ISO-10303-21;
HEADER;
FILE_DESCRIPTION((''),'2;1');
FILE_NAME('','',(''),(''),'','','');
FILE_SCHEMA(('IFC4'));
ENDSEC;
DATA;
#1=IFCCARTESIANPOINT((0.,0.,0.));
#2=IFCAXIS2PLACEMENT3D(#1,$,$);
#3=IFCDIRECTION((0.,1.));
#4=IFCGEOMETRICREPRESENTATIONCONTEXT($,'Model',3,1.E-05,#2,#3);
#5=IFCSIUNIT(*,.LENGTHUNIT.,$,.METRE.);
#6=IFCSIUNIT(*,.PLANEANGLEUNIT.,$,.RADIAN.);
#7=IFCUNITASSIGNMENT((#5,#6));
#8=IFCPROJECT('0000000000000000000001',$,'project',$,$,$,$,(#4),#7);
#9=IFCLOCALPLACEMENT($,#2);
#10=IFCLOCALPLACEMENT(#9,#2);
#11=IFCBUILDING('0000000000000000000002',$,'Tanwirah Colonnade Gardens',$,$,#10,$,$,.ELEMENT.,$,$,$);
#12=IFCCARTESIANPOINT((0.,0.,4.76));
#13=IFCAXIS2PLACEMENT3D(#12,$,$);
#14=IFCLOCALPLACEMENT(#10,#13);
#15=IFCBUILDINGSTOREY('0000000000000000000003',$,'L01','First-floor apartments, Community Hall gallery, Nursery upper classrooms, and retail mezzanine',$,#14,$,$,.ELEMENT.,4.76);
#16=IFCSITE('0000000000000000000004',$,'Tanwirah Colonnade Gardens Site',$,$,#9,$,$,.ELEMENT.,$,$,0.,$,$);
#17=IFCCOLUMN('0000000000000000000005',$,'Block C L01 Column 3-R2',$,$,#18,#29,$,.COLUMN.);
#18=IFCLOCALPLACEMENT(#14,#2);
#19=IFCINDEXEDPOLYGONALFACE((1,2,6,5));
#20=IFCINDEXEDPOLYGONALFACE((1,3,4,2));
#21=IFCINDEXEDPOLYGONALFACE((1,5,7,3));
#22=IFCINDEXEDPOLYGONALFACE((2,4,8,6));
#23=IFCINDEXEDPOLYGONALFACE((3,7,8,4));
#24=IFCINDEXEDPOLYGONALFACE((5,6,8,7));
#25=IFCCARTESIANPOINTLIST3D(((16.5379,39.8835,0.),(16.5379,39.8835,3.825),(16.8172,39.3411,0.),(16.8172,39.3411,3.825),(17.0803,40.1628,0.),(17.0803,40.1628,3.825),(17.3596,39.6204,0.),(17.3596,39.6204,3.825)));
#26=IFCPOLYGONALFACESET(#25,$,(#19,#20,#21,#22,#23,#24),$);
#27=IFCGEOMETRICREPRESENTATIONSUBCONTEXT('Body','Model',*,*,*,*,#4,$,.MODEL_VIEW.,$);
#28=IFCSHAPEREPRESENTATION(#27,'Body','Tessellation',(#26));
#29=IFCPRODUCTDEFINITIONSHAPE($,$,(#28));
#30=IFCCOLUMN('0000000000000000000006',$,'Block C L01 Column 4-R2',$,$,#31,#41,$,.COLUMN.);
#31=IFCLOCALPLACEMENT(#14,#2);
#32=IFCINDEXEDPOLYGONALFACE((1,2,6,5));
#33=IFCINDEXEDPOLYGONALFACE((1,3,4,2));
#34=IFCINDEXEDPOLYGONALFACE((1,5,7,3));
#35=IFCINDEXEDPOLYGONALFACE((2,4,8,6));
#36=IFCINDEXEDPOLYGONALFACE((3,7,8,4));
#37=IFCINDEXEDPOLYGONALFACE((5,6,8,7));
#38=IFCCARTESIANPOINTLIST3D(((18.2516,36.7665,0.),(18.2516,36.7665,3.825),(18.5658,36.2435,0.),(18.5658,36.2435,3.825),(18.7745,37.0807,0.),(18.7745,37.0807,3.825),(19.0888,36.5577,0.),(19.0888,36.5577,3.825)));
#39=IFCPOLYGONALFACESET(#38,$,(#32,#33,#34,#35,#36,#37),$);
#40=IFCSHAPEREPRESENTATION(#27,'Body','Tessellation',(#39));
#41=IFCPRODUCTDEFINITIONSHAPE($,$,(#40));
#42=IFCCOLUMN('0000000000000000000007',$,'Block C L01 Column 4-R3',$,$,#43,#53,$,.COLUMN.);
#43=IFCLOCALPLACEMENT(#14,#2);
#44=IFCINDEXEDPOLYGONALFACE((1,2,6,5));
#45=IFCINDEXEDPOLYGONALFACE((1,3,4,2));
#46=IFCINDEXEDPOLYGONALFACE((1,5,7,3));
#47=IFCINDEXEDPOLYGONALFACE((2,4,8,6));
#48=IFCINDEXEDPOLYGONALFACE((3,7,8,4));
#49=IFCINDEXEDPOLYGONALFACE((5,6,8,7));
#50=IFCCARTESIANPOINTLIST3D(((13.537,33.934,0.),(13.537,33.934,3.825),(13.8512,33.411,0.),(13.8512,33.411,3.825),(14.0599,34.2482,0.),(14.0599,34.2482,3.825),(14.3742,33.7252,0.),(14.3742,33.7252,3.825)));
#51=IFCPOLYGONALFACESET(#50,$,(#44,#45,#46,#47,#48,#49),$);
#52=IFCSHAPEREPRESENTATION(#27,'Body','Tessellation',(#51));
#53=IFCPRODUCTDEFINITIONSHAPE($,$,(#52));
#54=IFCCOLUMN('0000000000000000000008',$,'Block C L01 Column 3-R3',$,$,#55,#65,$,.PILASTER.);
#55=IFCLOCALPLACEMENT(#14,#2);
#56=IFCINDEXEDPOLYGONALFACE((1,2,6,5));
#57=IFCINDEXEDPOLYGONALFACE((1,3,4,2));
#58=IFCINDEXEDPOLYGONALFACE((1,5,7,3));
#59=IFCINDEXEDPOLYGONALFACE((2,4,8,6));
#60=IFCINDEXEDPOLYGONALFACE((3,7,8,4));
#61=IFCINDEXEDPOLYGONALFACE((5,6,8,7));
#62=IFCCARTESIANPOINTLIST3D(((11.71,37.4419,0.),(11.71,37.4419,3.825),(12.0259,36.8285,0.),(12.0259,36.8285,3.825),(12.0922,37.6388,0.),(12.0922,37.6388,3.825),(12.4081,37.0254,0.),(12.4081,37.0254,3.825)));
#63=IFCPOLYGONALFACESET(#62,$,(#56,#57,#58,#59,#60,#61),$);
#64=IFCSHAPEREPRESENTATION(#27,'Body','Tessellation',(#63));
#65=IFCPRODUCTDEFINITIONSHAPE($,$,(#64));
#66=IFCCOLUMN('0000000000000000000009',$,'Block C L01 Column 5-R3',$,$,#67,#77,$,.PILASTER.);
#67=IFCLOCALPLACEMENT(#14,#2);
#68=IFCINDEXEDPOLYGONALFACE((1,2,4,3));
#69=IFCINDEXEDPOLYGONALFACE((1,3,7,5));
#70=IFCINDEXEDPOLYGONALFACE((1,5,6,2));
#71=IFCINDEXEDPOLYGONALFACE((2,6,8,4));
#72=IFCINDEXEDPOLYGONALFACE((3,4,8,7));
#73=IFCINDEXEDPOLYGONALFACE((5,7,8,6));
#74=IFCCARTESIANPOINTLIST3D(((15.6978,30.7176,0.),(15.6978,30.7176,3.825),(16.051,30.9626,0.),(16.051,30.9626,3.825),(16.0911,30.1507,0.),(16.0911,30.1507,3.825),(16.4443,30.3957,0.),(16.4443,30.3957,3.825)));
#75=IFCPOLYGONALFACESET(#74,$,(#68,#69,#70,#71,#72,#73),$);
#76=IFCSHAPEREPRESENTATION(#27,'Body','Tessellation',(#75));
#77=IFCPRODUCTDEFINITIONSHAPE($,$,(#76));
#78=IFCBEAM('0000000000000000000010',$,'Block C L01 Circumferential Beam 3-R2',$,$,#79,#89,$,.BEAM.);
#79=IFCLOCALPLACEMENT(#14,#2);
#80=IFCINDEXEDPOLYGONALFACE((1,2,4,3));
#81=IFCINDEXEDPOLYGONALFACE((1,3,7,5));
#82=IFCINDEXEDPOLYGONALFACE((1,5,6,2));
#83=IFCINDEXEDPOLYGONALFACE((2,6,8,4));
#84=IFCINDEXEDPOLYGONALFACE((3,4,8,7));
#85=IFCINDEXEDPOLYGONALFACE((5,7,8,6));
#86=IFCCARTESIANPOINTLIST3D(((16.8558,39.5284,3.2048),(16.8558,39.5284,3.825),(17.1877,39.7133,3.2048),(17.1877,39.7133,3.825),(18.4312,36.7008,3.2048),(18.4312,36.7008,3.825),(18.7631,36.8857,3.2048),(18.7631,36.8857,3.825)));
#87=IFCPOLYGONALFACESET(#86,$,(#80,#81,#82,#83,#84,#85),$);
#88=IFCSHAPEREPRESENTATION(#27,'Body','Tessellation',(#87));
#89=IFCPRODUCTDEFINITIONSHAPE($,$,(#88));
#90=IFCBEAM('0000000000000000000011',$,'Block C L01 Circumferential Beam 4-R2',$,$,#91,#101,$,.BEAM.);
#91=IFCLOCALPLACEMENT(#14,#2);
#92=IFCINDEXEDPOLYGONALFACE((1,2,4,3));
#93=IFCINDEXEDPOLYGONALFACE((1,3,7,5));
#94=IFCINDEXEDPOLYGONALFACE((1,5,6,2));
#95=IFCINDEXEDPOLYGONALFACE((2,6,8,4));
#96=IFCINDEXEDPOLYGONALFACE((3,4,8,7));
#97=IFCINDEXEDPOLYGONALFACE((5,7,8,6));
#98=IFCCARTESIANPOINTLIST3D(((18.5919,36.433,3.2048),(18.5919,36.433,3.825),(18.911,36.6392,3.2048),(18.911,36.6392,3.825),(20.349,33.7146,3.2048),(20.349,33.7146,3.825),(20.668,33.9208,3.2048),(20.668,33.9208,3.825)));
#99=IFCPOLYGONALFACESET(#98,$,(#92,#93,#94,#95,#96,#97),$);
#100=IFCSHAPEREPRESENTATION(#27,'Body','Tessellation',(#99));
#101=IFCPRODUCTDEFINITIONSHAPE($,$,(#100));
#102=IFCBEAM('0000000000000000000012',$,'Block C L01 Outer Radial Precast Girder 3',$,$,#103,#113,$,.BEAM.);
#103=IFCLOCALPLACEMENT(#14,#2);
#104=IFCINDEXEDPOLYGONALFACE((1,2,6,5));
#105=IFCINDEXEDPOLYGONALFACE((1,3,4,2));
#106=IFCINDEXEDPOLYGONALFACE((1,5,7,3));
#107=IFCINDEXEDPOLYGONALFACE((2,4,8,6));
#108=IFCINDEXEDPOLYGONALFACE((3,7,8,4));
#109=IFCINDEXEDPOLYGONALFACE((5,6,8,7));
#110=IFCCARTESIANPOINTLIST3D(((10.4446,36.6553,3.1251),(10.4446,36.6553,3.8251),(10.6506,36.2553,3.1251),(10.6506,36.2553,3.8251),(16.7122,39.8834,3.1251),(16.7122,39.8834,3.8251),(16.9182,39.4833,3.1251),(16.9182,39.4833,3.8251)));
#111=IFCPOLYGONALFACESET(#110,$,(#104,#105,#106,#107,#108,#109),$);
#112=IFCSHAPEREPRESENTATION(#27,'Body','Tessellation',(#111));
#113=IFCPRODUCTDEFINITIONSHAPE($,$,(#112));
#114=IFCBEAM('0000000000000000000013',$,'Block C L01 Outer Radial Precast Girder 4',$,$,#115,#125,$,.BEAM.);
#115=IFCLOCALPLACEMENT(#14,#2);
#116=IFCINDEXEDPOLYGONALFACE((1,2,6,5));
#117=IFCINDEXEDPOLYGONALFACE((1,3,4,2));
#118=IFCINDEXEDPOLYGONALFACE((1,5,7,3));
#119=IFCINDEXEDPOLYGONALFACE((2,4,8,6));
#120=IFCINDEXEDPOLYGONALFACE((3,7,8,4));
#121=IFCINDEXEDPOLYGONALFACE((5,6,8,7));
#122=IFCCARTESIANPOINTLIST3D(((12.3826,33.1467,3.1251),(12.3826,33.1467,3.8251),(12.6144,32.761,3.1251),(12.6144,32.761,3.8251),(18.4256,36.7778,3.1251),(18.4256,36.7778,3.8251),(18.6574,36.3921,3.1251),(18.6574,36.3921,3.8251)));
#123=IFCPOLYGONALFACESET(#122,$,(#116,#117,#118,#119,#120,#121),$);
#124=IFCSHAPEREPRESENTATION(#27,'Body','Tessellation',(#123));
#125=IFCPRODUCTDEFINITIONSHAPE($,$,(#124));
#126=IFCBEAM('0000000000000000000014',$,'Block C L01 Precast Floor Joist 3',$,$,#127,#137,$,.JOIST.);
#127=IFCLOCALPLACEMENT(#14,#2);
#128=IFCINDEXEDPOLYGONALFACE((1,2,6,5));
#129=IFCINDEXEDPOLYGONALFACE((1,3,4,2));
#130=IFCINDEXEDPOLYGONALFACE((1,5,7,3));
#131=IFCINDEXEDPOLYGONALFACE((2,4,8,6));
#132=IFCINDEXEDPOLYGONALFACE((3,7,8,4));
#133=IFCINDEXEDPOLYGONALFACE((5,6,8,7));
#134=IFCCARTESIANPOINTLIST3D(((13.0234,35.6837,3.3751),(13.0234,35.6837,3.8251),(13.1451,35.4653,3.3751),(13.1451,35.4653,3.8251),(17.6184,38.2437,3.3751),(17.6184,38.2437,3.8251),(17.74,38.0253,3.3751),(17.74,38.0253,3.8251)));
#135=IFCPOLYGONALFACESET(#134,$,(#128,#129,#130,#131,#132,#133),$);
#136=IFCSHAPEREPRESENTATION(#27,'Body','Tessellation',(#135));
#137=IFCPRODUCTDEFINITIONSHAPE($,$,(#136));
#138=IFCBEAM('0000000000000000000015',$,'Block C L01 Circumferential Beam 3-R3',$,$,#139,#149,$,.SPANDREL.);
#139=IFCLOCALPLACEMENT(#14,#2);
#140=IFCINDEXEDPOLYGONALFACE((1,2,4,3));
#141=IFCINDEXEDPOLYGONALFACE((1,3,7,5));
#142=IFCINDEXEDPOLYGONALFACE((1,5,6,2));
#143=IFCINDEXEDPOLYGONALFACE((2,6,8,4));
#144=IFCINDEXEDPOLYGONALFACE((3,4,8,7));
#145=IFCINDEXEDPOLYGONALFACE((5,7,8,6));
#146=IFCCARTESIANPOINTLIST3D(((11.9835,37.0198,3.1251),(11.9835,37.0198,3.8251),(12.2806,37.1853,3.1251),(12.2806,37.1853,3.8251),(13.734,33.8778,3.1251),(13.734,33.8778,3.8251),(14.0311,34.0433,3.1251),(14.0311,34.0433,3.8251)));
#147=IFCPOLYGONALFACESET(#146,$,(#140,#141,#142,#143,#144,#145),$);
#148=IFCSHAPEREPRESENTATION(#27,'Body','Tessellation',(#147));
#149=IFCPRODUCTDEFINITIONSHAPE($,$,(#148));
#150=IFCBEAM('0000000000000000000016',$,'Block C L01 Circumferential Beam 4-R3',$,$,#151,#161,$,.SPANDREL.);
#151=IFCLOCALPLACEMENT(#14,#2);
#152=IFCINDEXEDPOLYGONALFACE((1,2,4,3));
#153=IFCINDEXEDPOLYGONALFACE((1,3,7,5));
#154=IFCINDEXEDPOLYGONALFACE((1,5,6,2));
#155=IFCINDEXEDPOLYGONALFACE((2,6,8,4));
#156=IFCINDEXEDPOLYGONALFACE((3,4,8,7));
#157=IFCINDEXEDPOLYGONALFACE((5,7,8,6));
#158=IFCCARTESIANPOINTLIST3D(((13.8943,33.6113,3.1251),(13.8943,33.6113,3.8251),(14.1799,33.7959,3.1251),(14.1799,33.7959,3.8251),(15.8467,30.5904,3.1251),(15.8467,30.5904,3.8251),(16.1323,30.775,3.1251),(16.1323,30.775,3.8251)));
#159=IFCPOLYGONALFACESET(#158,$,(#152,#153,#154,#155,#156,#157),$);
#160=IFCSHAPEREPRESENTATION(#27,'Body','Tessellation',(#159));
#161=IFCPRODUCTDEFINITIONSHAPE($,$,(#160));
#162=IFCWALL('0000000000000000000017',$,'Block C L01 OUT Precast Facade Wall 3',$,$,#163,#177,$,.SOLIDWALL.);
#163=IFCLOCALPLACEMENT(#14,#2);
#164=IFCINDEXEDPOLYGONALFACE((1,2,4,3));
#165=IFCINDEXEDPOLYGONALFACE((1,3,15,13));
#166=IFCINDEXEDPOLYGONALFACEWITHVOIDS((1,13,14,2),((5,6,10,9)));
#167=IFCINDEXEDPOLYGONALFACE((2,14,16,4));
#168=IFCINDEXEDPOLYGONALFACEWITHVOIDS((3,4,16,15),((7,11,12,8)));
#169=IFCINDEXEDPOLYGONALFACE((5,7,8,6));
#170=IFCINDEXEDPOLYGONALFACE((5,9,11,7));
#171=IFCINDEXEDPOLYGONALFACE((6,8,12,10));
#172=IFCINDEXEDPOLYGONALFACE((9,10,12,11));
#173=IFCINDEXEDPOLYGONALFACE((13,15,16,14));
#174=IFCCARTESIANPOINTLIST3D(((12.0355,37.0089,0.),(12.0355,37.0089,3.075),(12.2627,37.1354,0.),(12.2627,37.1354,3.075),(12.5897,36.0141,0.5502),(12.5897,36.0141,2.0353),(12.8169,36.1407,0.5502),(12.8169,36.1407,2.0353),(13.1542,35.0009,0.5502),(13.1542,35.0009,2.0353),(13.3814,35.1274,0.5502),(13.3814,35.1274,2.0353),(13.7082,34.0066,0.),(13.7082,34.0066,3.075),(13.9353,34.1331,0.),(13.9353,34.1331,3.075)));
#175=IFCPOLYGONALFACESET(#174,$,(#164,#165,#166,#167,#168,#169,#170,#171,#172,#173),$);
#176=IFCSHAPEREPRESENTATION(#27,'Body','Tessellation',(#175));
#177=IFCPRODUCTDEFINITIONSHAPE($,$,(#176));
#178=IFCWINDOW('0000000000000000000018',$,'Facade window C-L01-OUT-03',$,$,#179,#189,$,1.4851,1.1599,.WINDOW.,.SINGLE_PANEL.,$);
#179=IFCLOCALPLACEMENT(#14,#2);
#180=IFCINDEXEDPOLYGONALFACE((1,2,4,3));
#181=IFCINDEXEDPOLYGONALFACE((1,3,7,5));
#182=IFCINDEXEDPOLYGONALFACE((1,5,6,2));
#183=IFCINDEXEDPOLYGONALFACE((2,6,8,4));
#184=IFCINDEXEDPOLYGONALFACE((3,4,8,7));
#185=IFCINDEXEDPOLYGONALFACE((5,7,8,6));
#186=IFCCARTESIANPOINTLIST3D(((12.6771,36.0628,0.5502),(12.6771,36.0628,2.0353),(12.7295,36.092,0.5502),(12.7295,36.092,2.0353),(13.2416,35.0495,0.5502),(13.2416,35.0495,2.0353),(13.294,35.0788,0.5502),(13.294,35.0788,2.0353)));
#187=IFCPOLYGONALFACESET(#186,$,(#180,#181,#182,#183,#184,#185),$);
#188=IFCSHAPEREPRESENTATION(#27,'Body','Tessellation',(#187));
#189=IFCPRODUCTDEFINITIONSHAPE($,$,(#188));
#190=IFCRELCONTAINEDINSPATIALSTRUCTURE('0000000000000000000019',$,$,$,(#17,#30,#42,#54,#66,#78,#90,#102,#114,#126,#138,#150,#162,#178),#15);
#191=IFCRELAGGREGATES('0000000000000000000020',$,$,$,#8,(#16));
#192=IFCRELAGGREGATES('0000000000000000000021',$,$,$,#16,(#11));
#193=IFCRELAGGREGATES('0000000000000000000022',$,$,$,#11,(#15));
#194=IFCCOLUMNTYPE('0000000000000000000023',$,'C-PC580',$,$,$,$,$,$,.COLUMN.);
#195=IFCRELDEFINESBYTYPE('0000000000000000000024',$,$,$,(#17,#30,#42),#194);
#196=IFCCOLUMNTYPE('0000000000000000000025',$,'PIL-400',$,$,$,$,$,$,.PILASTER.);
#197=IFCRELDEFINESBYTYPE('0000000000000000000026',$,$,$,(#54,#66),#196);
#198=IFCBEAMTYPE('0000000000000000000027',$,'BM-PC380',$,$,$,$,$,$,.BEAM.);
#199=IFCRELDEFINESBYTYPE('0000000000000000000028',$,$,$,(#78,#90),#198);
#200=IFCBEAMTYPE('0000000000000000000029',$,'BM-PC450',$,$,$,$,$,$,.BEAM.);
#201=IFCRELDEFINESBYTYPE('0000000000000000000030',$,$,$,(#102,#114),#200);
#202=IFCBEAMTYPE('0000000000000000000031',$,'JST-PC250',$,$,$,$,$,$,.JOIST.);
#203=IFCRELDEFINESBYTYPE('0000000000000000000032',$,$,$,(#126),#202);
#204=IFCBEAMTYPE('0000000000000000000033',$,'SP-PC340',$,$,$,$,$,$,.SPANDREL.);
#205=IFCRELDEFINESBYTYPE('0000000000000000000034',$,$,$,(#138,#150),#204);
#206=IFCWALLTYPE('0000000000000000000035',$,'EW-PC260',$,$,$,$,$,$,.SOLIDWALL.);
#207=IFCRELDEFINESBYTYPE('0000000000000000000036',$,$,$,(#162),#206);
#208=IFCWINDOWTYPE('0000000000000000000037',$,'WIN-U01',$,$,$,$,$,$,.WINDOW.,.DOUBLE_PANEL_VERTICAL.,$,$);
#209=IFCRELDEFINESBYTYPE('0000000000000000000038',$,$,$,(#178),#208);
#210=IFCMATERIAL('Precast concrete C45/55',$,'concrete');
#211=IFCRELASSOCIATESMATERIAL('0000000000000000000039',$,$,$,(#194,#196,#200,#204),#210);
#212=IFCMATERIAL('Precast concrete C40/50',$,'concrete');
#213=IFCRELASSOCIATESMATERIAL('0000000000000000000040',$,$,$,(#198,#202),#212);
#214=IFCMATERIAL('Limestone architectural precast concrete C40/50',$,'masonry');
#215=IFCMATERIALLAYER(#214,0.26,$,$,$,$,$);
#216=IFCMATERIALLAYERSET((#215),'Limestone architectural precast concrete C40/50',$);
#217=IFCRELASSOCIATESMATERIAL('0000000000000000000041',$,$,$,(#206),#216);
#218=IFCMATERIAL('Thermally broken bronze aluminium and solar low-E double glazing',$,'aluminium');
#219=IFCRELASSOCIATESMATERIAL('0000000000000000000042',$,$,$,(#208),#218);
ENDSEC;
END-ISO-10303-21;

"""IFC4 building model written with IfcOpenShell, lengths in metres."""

from ifc_helpers import new_model, si_unit, direction, frame, frame_2d, origin, origin_2d, place, context, subcontext, project, spatial, rectangle, extrude, material, layer, layer_set, material_profile, profile_set, type_object, element, fill, save


model = new_model("IFC4")

# Units and contexts
model_context = context("Model", 3, precision=1e-05, world=origin(), true_north=direction((0.0, 1.0)))
body_context = subcontext(model_context, "Body", "Model", "MODEL_VIEW")
ifc_project = project(units=[si_unit("LENGTHUNIT", "METRE"), si_unit("PLANEANGLEUNIT", "RADIAN")], contexts=[model_context])

# Site, building, storey
site_placement = place(None, origin())
site = spatial("IfcSite", under=ifc_project, at=site_placement, Name="Tanwirah Colonnade Gardens Site", CompositionType="ELEMENT", RefElevation=0.0)
building_placement = place(site_placement, origin())
building = spatial("IfcBuilding", under=site, at=building_placement, Name="Tanwirah Colonnade Gardens", CompositionType="ELEMENT")
storey_placement = place(building_placement, frame((0.0, 0.0, 4.76)))
storey = spatial("IfcBuildingStorey", under=building, at=storey_placement, Name="L01", Description="First-floor apartments, Community Hall gallery, Nursery upper classrooms, and retail mezzanine", CompositionType="ELEMENT", Elevation=4.76)

# Columns
ifc_material_1 = material(Name="Precast concrete C45/55", Category="concrete")
ifc_material_profile_1 = material_profile(ifc_material_1, rectangle(XDim=0.6101, YDim=0.6101, at=origin_2d()), Name="PC-COL 610x610")
ifc_profile_set_1 = profile_set([ifc_material_profile_1], Name="Precast concrete C45/55")
column_type_1 = type_object("IfcColumnType", Name="C-PC580", PredefinedType="COLUMN", material=ifc_profile_set_1)
for number, where, z_axis, x_axis, name in (
    (1, (16.9487, 39.752, 0.0), (0.0, 0.0, 1.0), (-0.889017, -0.457874, 0.0), "Block C L01 Column 3-R2"),
    (2, (18.6702, 36.6621, 0.0), (0.0, 0.0, 1.0), (-0.857167, -0.515038, 0.0), "Block C L01 Column 4-R2"),
    (3, (13.9556, 33.8296, 0.0), (0.0, 0.0, 1.0), (-0.857167, -0.515038, 0.0), "Block C L01 Column 4-R3"),
):
    element("IfcColumn", number, at=place(storey_placement, frame(where, z_axis=z_axis, x_axis=x_axis)), inside=storey, type_object=column_type_1, Name=name, PredefinedType="COLUMN", context=body_context, shape_type="SweptSolid", body=[
        extrude(rectangle(XDim=0.6101, YDim=0.6101, at=origin_2d()), origin(), (0.0, 0.0, 1.0), 3.825),
    ])
ifc_material_profile_2 = material_profile(ifc_material_1, rectangle(XDim=0.4299, YDim=0.6899, at=origin_2d()), Name="PC-PIL 430x690")
ifc_profile_set_2 = profile_set([ifc_material_profile_2], Name="Precast concrete C45/55")
column_type_2 = type_object("IfcColumnType", Name="PIL-400", PredefinedType="PILASTER", material=ifc_profile_set_2)
for number, where, z_axis, x_axis, name in (
    (4, (12.0591, 37.2336, 0.0), (0.0, 0.0, 1.0), (-0.889017, -0.457874, 0.0), "Block C L01 Column 3-R3"),
    (5, (16.071, 30.5566, 0.0), (0.0, 0.0, 1.0), (-0.821647, -0.569997, 0.0), "Block C L01 Column 5-R3"),
):
    element("IfcColumn", number, at=place(storey_placement, frame(where, z_axis=z_axis, x_axis=x_axis)), inside=storey, type_object=column_type_2, Name=name, PredefinedType="PILASTER", context=body_context, shape_type="SweptSolid", body=[
        extrude(rectangle(XDim=0.4299, YDim=0.6899, at=origin_2d()), origin(), (0.0, 0.0, 1.0), 3.825),
    ])

# Beams
ifc_material_2 = material(Name="Precast concrete C40/50", Category="concrete")
ifc_material_profile_3 = material_profile(ifc_material_2, rectangle(XDim=0.3799, YDim=0.6201, at=origin_2d()), Name="PC-BM 380x620")
ifc_profile_set_3 = profile_set([ifc_material_profile_3], Name="Precast concrete C40/50")
beam_type_1 = type_object("IfcBeamType", Name="BM-PC380", PredefinedType="BEAM", material=ifc_profile_set_3)
for number, where, z_axis, x_axis, name in (
    (6, (17.0217, 39.6208, 3.5149), (0.486712, -0.873562, 0.0), (0.873562, 0.486712, 0.0), "Block C L01 Circumferential Beam 3-R2"),
    (7, (18.7515, 36.5361, 3.5149), (0.542826, -0.839845, 0.0), (0.839845, 0.542826, 0.0), "Block C L01 Circumferential Beam 4-R2"),
):
    element("IfcBeam", number, at=place(storey_placement, frame(where, z_axis=z_axis, x_axis=x_axis)), inside=storey, type_object=beam_type_1, Name=name, PredefinedType="BEAM", context=body_context, shape_type="SweptSolid", body=[
        extrude(rectangle(XDim=0.3799, YDim=0.6201, at=origin_2d()), origin(), (0.0, 0.0, 1.0), 3.2368),
    ])
ifc_material_profile_4 = material_profile(ifc_material_1, rectangle(XDim=0.45, YDim=0.7, at=origin_2d()), Name="PC-BM 450x700")
ifc_profile_set_4 = profile_set([ifc_material_profile_4], Name="Precast concrete C45/55")
beam_type_2 = type_object("IfcBeamType", Name="BM-PC450", PredefinedType="BEAM", material=ifc_profile_set_4)
for number, where, z_axis, x_axis, name in (
    (8, (16.8152, 39.6833, 3.4751), (-0.889016, -0.457875, 0.0), (0.457875, -0.889016, 0.0), "Block C L01 Outer Radial Precast Girder 3"),
    (9, (18.5415, 36.585, 3.4751), (-0.85716, -0.515051, 0.0), (0.515051, -0.85716, 0.0), "Block C L01 Outer Radial Precast Girder 4"),
):
    element("IfcBeam", number, at=place(storey_placement, frame(where, z_axis=z_axis, x_axis=x_axis)), inside=storey, type_object=beam_type_2, Name=name, PredefinedType="BEAM", context=body_context, shape_type="SweptSolid", body=[
        extrude(rectangle(XDim=0.45, YDim=0.7, at=origin_2d()), origin(), (0.0, 0.0, 1.0), 7.05),
    ])
ifc_material_profile_5 = material_profile(ifc_material_2, rectangle(XDim=0.25, YDim=0.45, at=origin_2d()), Name="PC-JST 250x450")
ifc_profile_set_5 = profile_set([ifc_material_profile_5], Name="Precast concrete C40/50")
beam_type_3 = type_object("IfcBeamType", Name="JST-PC250", PredefinedType="JOIST", material=ifc_profile_set_5)
beam_1_placement = place(storey_placement, frame((17.6792, 38.1345, 3.6001), z_axis=(-0.873568, -0.486703, 0.0), x_axis=(0.486703, -0.873568, 0.0)))
element("IfcBeam", 10, at=beam_1_placement, inside=storey, type_object=beam_type_3, Name="Block C L01 Precast Floor Joist 3", PredefinedType="JOIST", context=body_context, shape_type="SweptSolid", body=[
    extrude(rectangle(XDim=0.25, YDim=0.45, at=origin_2d()), origin(), (0.0, 0.0, 1.0), 5.26),
])
ifc_material_profile_6 = material_profile(ifc_material_1, rectangle(XDim=0.3401, YDim=0.7, at=origin_2d()), Name="PC-SP 340x700")
ifc_profile_set_6 = profile_set([ifc_material_profile_6], Name="Precast concrete C45/55")
beam_type_4 = type_object("IfcBeamType", Name="SP-PC340", PredefinedType="SPANDREL", material=ifc_profile_set_6)
beam_2_placement = place(storey_placement, frame((12.1321, 37.1025, 3.4751), z_axis=(0.48668, -0.87358, 0.0), x_axis=(0.87358, 0.48668, 0.0)))
element("IfcBeam", 11, at=beam_2_placement, inside=storey, type_object=beam_type_4, Name="Block C L01 Circumferential Beam 3-R3", PredefinedType="SPANDREL", context=body_context, shape_type="SweptSolid", body=[
    extrude(rectangle(XDim=0.3401, YDim=0.7, at=origin_2d()), origin(), (0.0, 0.0, 1.0), 3.5967),
])
beam_3_placement = place(storey_placement, frame((14.0371, 33.7036, 3.4751), z_axis=(0.542787, -0.83987, 0.0), x_axis=(0.83987, 0.542787, 0.0)))
element("IfcBeam", 12, at=beam_3_placement, inside=storey, type_object=beam_type_4, Name="Block C L01 Circumferential Beam 4-R3", PredefinedType="SPANDREL", context=body_context, shape_type="SweptSolid", body=[
    extrude(rectangle(XDim=0.3401, YDim=0.7, at=origin_2d()), origin(), (0.0, 0.0, 1.0), 3.5969),
])

# Wall, opening, window
ifc_material_3 = material(Name="Limestone architectural precast concrete C40/50", Category="masonry")
ifc_layer_1 = layer(ifc_material_3, 0.26)
ifc_layer_set_1 = layer_set([ifc_layer_1], Name="Limestone architectural precast concrete C40/50")
wall_type_1 = type_object("IfcWallType", Name="EW-PC260", PredefinedType="SOLIDWALL", material=ifc_layer_set_1)
wall_1_placement = place(storey_placement, frame((12.1492, 37.072, 0.0), z_axis=(0.0, 0.0, 1.0), x_axis=(0.486692, -0.873574, 0.0)))
wall_1 = element("IfcWall", 13, at=wall_1_placement, inside=storey, type_object=wall_type_1, Name="Block C L01 OUT Precast Facade Wall 3", PredefinedType="SOLIDWALL", context=body_context, shape_type="SweptSolid", body=[
    extrude(rectangle(XDim=3.4368, YDim=0.26, at=frame_2d((1.7183, 0.0))), origin(), (0.0, 0.0, 1.0), 3.075),
])
opening_1_placement = place(wall_1_placement, frame((1.1384, 0.0, 0.55)))
opening_1 = element("IfcOpeningElement", 14, at=opening_1_placement, cuts=wall_1, PredefinedType="OPENING", context=body_context, shape_type="SweptSolid", body=[
    extrude(rectangle(XDim=1.1599, YDim=1.4851, at=frame_2d((0.5801, 0.7427))), frame((0.0, 0.1399, 0.0), z_axis=(0.0, -1.0, 0.0), x_axis=(1.0, 0.0, 0.0)), (0.0, 0.0, 1.0), 0.28),
])
ifc_material_4 = material(Name="Thermally broken bronze aluminium and solar low-E double glazing", Category="aluminium")
window_type_1 = type_object("IfcWindowType", Name="WIN-U01", PartitioningType="DOUBLE_PANEL_VERTICAL", PredefinedType="WINDOW", material=ifc_material_4)
window_1_placement = place(opening_1_placement, origin())
window_1 = element("IfcWindow", 15, at=window_1_placement, inside=storey, type_object=window_type_1, Name="Facade window C-L01-OUT-03", OverallHeight=1.4851, OverallWidth=1.1599, PartitioningType="SINGLE_PANEL", PredefinedType="WINDOW", context=body_context, shape_type="SweptSolid", body=[
    extrude(rectangle(XDim=1.1599, YDim=1.4851, at=frame_2d((0.5801, 0.7427))), frame((0.0, 0.03, 0.0), z_axis=(0.0, -1.0, 0.0), x_axis=(1.0, 0.0, 0.0)), (0.0, 0.0, 1.0), 0.0601),
])
fill(opening_1, window_1)

save(model, "model.ifc")
